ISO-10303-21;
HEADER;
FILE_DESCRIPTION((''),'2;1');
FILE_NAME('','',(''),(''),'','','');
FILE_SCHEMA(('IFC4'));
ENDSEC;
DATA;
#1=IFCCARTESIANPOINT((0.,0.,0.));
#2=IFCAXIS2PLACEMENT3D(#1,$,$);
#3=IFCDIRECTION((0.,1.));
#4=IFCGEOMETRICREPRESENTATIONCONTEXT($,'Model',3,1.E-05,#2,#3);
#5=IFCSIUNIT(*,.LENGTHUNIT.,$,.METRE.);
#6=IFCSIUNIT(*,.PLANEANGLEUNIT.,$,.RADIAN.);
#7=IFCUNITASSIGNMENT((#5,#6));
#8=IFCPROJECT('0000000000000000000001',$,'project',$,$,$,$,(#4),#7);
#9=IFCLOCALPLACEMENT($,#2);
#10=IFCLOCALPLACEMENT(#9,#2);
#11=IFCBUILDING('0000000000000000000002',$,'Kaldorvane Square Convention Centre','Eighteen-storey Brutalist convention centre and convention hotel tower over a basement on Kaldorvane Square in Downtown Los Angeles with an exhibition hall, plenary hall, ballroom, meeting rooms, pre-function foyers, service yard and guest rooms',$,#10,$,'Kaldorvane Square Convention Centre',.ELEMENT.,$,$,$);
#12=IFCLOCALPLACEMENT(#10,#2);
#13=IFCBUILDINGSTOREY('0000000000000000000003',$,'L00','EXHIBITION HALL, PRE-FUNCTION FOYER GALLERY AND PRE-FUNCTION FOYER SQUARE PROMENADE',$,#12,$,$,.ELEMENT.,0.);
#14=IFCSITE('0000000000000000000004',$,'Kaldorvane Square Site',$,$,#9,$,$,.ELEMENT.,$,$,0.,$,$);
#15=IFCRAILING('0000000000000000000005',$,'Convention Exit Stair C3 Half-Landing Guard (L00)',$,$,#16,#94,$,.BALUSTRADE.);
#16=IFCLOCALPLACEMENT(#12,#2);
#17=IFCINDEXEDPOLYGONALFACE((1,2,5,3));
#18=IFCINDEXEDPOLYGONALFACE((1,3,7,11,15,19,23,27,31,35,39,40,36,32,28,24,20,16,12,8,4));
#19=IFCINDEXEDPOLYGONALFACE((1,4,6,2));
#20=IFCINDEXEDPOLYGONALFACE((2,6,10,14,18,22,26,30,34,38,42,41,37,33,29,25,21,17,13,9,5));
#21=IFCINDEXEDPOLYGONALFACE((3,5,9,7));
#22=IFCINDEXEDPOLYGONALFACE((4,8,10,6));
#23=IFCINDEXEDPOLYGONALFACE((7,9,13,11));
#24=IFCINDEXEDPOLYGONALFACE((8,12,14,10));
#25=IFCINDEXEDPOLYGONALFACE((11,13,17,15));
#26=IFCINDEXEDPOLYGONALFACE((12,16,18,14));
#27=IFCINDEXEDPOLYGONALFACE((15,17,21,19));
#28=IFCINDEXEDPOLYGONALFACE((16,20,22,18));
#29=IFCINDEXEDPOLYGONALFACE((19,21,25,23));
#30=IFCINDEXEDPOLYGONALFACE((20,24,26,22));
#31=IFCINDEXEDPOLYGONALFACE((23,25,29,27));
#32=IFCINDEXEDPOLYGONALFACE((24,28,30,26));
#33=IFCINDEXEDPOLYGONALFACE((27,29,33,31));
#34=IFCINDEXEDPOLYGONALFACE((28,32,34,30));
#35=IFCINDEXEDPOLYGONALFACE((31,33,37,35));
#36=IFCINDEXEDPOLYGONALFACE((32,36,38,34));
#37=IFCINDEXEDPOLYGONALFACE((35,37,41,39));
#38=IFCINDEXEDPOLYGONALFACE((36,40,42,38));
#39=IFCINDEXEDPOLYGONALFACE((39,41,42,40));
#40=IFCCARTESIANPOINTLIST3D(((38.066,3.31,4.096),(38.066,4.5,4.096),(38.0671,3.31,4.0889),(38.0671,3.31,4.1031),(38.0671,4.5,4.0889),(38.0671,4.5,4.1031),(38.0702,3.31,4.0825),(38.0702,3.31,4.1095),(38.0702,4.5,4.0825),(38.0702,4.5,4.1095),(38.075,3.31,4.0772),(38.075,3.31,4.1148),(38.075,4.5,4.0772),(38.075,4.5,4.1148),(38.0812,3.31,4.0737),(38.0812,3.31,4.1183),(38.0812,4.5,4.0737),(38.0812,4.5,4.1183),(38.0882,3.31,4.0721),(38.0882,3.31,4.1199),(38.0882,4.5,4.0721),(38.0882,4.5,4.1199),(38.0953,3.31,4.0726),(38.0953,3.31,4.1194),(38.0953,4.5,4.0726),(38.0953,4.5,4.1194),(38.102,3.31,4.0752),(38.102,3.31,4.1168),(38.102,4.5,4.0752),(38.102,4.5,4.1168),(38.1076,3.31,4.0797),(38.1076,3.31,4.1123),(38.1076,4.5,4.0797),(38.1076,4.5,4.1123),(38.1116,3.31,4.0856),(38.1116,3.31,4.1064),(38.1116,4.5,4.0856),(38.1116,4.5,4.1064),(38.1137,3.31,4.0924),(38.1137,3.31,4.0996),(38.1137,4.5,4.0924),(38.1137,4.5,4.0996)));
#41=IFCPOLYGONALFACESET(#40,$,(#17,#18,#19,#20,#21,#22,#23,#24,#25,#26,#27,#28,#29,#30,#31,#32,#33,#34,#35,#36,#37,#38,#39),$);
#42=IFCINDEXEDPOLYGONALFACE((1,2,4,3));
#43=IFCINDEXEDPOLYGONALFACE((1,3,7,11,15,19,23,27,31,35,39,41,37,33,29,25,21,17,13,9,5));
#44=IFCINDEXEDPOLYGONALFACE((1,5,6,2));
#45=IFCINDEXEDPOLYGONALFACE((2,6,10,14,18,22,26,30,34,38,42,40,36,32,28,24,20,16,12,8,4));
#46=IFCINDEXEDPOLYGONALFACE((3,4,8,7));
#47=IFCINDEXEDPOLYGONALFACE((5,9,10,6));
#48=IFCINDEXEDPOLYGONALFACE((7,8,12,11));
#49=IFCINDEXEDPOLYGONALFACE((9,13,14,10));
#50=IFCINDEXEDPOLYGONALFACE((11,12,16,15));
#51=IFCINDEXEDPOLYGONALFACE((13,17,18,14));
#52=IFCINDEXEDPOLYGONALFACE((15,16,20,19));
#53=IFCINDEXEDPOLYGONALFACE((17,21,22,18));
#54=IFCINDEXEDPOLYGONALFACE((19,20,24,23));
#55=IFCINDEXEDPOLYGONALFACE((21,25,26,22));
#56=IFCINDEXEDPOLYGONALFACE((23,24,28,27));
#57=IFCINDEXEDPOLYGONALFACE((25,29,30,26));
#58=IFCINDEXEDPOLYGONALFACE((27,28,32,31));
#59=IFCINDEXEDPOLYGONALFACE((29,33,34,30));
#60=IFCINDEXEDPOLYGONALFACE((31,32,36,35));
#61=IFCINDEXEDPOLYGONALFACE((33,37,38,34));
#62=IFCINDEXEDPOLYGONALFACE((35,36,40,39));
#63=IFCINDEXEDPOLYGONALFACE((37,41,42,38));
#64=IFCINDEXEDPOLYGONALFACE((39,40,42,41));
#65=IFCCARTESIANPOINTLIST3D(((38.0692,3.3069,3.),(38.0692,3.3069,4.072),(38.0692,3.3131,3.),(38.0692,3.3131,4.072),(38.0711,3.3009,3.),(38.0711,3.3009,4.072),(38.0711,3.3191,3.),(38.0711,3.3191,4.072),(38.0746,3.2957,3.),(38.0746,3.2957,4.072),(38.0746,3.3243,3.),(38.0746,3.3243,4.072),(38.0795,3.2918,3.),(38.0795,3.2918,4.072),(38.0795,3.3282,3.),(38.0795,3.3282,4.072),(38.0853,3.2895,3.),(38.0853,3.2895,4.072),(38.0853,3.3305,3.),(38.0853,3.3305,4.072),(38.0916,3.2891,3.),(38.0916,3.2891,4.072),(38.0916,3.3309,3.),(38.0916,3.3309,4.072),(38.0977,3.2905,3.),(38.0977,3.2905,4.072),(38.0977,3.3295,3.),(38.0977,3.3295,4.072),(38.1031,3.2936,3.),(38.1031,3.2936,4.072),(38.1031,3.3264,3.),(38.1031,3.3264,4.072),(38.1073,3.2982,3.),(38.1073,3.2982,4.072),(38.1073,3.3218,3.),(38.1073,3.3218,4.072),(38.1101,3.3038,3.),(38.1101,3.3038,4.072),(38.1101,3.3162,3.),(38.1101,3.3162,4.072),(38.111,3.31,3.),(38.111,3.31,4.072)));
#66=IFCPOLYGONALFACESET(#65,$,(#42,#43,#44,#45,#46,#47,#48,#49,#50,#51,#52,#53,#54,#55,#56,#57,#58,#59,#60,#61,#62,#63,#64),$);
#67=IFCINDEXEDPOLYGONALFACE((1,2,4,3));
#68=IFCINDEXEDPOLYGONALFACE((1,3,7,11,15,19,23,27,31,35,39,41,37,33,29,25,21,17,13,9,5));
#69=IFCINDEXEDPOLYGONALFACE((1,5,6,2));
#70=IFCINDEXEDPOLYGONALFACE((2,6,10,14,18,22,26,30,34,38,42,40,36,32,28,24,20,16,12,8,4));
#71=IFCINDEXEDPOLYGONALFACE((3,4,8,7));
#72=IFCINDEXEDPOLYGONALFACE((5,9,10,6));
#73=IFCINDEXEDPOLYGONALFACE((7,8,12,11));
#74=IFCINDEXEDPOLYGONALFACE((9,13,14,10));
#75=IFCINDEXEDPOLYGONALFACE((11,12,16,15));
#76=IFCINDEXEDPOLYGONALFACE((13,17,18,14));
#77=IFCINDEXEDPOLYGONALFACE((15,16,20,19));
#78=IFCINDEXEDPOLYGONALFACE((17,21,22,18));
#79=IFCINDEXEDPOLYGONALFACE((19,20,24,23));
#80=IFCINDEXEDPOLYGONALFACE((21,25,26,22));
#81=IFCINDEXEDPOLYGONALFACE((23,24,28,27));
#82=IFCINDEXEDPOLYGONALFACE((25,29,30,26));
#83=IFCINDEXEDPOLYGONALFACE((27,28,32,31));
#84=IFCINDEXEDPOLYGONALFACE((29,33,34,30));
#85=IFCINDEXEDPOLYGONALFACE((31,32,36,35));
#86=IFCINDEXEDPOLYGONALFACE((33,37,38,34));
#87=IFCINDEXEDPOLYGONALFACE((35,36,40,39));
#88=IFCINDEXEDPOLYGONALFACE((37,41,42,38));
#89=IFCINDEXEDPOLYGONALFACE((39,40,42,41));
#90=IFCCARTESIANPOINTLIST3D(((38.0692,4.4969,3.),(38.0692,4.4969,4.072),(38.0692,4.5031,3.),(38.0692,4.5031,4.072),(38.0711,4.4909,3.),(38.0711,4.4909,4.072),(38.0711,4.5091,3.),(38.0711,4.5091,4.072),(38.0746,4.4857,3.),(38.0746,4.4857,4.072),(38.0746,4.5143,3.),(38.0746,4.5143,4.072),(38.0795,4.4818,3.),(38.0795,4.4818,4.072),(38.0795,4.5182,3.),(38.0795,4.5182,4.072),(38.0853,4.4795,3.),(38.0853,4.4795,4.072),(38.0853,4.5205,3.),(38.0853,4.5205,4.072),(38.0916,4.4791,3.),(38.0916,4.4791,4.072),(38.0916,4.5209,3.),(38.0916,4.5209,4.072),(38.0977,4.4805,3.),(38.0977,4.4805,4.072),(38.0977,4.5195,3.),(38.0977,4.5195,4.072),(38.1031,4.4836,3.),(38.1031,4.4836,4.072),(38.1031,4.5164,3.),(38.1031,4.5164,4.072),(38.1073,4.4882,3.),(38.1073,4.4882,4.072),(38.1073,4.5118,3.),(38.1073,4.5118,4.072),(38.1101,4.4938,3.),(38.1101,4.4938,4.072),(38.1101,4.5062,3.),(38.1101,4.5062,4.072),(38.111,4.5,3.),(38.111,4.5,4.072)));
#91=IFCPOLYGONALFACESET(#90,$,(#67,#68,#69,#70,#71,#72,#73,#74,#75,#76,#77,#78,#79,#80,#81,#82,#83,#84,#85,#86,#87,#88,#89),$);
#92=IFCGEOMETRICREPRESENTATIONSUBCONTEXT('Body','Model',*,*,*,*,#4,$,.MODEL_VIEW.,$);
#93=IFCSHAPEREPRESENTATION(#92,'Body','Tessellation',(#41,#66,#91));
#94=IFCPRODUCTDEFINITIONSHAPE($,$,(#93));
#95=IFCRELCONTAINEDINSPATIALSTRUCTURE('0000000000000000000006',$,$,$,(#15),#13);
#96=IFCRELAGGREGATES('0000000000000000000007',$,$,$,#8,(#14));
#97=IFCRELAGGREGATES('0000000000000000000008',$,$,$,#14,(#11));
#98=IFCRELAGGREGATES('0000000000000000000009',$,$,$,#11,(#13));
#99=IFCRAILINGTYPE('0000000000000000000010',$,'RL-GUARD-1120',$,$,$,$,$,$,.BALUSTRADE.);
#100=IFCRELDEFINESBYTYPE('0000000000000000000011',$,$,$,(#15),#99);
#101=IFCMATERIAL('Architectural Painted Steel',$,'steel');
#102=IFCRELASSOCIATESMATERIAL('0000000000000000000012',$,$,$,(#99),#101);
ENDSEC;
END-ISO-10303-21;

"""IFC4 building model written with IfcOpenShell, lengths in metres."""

from ifc_helpers import new_model, si_unit, direction, frame, origin, origin_2d, place, context, subcontext, project, spatial, circle, extrude, material, type_object, element, save


model = new_model("IFC4")

# Units and contexts
model_context = context("Model", 3, precision=1e-05, world=origin(), true_north=direction((0.0, 1.0)))
body_context = subcontext(model_context, "Body", "Model", "MODEL_VIEW")
ifc_project = project(units=[si_unit("LENGTHUNIT", "METRE"), si_unit("PLANEANGLEUNIT", "RADIAN")], contexts=[model_context])

# Site, building, storey
site_placement = place(None, origin())
site = spatial("IfcSite", under=ifc_project, at=site_placement, Name="Kaldorvane Square Site", CompositionType="ELEMENT", RefElevation=0.0)
building_placement = place(site_placement, origin())
building = spatial("IfcBuilding", under=site, at=building_placement, Name="Kaldorvane Square Convention Centre", Description="Eighteen-storey Brutalist convention centre and convention hotel tower over a basement on Kaldorvane Square in Downtown Los Angeles with an exhibition hall, plenary hall, ballroom, meeting rooms, pre-function foyers, service yard and guest rooms", LongName="Kaldorvane Square Convention Centre", CompositionType="ELEMENT")
storey_placement = place(building_placement, origin())
storey = spatial("IfcBuildingStorey", under=building, at=storey_placement, Name="L00", Description="EXHIBITION HALL, PRE-FUNCTION FOYER GALLERY AND PRE-FUNCTION FOYER SQUARE PROMENADE", CompositionType="ELEMENT", Elevation=0.0)

# Railing
ifc_material_1 = material(Name="Architectural Painted Steel", Category="steel")
railing_type_1 = type_object("IfcRailingType", Name="RL-GUARD-1120", PredefinedType="BALUSTRADE", material=ifc_material_1)
for number, where, name in (
    (1, (38.09, 3.31, 3.0), "Convention Exit Stair C3 Half-Landing Guard (L00)"),
):
    element("IfcRailing", number, at=place(storey_placement, frame(where)), inside=storey, type_object=railing_type_1, Name=name, PredefinedType="BALUSTRADE", context=body_context, shape_type="SweptSolid", body=[
        extrude(circle(Radius=0.024, at=origin_2d()), frame((0.0, 0.0, 1.096), z_axis=(0.0, 1.0, 0.0), x_axis=(-1.0, 0.0, 0.0)), (0.0, 0.0, 1.0), 1.19),
        extrude(circle(Radius=0.021, at=origin_2d()), origin(), (0.0, 0.0, 1.0), 1.072),
        extrude(circle(Radius=0.021, at=origin_2d()), frame((0.0, 1.19, 0.0)), (0.0, 0.0, 1.0), 1.072),
    ])

save(model, "model.ifc")
